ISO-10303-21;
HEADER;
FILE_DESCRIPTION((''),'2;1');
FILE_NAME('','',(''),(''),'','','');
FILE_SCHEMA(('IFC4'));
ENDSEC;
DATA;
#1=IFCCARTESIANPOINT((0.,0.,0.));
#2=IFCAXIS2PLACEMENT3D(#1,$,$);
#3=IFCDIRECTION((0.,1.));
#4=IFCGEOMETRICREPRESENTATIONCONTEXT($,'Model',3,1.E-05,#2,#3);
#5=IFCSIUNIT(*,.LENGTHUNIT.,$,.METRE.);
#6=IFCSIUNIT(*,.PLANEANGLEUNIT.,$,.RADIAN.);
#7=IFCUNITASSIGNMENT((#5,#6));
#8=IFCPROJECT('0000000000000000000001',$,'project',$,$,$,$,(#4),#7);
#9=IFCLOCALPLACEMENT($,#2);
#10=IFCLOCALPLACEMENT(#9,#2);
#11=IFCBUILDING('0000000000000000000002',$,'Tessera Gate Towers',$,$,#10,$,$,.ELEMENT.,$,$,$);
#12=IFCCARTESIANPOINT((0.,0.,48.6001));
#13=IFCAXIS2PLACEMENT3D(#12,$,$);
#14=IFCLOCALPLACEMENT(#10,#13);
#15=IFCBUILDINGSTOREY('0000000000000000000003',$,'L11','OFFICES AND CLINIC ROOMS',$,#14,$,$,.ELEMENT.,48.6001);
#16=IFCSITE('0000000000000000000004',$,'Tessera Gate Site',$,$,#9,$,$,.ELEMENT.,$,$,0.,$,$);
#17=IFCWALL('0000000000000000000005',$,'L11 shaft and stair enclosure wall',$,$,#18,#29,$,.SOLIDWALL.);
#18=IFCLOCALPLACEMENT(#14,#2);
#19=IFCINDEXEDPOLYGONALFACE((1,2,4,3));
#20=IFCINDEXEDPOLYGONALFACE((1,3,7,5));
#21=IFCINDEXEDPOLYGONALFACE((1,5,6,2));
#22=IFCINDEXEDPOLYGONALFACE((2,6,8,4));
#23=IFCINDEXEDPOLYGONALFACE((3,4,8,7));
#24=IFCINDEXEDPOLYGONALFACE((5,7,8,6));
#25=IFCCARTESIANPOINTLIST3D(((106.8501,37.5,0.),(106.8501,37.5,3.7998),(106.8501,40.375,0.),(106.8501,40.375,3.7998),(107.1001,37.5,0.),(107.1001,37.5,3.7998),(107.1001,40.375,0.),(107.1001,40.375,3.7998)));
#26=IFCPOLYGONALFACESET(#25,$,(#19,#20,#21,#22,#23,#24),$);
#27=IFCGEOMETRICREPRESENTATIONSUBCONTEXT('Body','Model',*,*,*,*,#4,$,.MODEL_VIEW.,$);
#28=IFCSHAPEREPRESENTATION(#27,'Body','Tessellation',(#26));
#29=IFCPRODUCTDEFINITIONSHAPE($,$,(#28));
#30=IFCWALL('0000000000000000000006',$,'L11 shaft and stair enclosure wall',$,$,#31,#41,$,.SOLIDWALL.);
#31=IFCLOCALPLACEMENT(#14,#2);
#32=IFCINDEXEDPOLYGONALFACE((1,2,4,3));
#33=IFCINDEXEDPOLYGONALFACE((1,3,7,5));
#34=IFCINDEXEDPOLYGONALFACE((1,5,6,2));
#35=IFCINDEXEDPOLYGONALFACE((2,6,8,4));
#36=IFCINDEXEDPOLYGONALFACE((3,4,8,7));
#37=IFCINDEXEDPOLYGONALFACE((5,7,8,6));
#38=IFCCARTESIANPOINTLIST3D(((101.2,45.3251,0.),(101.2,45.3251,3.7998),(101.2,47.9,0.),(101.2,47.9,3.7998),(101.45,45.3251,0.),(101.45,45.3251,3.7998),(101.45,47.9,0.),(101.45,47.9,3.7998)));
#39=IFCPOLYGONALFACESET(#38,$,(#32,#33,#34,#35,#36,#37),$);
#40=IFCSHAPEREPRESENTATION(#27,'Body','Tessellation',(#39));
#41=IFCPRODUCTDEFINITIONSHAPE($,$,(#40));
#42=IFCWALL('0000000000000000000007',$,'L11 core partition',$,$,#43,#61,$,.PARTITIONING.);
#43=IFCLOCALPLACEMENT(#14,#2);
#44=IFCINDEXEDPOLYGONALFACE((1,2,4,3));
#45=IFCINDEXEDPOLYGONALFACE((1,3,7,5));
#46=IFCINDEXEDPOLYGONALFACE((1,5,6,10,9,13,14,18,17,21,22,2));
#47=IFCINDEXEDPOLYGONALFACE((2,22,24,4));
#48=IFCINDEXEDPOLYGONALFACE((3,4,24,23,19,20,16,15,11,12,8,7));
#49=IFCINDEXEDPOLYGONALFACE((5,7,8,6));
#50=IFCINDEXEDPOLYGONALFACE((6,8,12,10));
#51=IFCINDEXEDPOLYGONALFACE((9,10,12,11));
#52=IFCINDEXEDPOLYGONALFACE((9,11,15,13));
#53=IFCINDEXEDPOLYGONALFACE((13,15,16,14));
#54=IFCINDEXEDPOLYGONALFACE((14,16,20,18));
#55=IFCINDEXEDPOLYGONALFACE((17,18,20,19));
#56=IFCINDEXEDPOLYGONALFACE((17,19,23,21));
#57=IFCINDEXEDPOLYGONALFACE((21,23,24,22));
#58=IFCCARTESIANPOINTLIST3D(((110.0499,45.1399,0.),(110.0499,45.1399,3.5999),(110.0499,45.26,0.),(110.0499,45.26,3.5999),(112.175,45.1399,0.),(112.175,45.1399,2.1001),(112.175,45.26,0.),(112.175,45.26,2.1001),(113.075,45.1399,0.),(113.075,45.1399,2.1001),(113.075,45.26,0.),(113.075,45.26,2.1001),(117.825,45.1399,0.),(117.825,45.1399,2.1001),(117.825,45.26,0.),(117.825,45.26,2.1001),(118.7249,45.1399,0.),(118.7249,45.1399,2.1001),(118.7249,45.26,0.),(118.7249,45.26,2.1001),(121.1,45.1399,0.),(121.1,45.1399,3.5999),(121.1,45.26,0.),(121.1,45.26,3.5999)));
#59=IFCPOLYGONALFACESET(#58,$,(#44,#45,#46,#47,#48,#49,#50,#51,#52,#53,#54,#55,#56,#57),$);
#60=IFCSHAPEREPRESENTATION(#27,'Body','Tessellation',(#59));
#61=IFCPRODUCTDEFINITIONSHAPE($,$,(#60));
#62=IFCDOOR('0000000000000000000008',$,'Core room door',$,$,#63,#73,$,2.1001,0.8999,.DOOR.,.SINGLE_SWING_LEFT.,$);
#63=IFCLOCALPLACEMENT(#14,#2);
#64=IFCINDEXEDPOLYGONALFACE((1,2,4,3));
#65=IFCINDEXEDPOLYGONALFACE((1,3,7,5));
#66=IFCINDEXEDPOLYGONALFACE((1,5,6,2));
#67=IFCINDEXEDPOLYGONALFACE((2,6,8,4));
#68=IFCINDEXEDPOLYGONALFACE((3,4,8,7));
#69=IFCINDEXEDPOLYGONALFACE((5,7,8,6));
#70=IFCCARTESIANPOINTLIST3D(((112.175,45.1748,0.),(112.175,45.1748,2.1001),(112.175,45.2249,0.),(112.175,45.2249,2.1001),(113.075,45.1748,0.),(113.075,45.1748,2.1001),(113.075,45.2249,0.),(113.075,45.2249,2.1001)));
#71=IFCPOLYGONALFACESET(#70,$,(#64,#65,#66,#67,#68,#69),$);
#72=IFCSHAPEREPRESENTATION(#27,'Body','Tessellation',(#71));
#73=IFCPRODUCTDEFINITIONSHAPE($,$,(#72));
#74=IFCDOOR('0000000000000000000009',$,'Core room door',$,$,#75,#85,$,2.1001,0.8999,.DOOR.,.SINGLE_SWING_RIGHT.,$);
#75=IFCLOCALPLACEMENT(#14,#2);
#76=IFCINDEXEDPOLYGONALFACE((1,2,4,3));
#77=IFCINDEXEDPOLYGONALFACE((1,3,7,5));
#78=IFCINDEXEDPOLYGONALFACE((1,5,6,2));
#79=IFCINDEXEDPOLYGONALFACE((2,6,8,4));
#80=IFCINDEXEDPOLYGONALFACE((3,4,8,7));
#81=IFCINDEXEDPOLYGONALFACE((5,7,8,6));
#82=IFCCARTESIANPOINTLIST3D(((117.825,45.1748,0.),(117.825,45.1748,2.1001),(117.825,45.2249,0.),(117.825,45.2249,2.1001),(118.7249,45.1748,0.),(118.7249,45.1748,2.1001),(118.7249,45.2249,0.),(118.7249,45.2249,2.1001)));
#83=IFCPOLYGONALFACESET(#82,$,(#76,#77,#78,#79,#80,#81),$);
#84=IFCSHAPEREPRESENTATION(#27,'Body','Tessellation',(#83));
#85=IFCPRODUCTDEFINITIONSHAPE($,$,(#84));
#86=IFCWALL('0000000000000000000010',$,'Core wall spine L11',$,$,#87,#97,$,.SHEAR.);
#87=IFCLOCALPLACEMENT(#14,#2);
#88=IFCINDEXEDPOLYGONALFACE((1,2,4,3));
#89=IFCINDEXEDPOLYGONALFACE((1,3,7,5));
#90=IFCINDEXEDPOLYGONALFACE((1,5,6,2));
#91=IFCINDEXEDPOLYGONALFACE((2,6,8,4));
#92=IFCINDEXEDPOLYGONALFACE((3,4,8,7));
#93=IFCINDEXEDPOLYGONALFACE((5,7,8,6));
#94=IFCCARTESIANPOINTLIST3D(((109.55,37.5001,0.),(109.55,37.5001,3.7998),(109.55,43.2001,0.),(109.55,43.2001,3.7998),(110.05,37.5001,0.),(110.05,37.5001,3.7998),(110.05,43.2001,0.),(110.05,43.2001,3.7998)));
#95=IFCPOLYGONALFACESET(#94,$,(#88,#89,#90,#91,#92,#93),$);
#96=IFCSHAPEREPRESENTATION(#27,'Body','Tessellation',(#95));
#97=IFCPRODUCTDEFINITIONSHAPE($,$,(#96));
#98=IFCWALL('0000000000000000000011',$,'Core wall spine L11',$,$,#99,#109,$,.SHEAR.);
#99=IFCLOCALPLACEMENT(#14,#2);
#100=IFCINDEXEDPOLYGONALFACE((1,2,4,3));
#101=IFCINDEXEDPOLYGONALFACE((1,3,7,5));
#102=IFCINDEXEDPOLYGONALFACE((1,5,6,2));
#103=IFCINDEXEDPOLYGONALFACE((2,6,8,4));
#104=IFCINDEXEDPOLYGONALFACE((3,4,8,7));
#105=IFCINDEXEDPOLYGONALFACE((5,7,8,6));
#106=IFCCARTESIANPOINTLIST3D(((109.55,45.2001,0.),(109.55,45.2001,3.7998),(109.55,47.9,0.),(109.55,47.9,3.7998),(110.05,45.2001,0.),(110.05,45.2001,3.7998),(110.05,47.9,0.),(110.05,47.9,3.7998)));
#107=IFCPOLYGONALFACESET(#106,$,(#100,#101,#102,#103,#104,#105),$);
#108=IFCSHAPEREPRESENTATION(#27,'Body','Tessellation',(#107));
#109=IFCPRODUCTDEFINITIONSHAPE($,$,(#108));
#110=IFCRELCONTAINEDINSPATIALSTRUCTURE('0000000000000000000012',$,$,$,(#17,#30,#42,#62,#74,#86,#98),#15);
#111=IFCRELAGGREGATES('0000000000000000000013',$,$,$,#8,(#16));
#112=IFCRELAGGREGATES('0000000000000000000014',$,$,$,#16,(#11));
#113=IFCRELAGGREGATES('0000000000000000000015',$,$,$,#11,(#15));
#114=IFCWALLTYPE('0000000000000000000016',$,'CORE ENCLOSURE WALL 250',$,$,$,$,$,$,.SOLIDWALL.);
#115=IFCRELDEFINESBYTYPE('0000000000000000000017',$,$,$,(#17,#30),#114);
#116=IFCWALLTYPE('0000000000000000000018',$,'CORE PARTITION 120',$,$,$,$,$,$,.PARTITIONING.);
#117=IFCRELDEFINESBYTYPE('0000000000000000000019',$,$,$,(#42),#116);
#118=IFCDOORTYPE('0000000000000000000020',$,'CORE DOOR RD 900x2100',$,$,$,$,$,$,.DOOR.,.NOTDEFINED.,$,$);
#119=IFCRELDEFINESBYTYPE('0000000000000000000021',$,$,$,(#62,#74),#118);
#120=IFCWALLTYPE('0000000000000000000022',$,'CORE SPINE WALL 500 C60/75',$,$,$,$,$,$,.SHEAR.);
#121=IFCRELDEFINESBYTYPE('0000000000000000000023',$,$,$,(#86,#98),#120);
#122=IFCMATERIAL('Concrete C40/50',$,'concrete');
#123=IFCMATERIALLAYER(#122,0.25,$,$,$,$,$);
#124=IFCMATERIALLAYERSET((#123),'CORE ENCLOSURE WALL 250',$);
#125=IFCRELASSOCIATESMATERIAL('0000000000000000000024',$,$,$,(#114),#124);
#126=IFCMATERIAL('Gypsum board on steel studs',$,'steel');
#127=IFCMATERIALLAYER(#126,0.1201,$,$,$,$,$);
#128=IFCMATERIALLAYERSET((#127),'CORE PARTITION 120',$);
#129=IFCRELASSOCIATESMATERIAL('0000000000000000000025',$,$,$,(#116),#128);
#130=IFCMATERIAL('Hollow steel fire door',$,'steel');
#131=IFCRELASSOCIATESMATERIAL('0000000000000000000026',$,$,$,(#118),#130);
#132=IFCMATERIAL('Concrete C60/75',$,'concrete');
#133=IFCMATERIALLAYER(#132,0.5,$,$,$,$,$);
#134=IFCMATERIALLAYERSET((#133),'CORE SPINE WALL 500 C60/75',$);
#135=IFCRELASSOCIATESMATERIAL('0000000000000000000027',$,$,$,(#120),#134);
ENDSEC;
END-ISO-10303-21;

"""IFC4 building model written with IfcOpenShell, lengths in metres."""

from ifc_helpers import new_model, si_unit, direction, frame, frame_2d, origin, place, context, subcontext, project, spatial, rectangle, extrude, source, transform, mapped, material, layer, layer_set, type_object, element, fill, save


model = new_model("IFC4")

# Units and contexts
model_context = context("Model", 3, precision=1e-05, world=origin(), true_north=direction((0.0, 1.0)))
body_context = subcontext(model_context, "Body", "Model", "MODEL_VIEW")
ifc_project = project(units=[si_unit("LENGTHUNIT", "METRE"), si_unit("PLANEANGLEUNIT", "RADIAN")], contexts=[model_context])

# Site, building, storey
site_placement = place(None, origin())
site = spatial("IfcSite", under=ifc_project, at=site_placement, Name="Tessera Gate Site", CompositionType="ELEMENT", RefElevation=0.0)
building_placement = place(site_placement, origin())
building = spatial("IfcBuilding", under=site, at=building_placement, Name="Tessera Gate Towers", CompositionType="ELEMENT")
storey_placement = place(building_placement, frame((0.0, 0.0, 48.6001)))
storey = spatial("IfcBuildingStorey", under=building, at=storey_placement, Name="L11", Description="OFFICES AND CLINIC ROOMS", CompositionType="ELEMENT", Elevation=48.6001)

# Shared definitions
ifc_material_1 = material(Name="Concrete C40/50", Category="concrete")
ifc_layer_1 = layer(ifc_material_1, 0.25)
ifc_layer_set_1 = layer_set([ifc_layer_1], Name="CORE ENCLOSURE WALL 250")
wall_type_1 = type_object("IfcWallType", Name="CORE ENCLOSURE WALL 250", PredefinedType="SOLIDWALL", material=ifc_layer_set_1)

# Walls
for number, where, z_axis, x_axis, name in (
    (1, (106.9751, 37.5, 0.0), (0.0, 0.0, 1.0), (0.0, 1.0, 0.0), "L11 shaft and stair enclosure wall"),
):
    element("IfcWall", number, at=place(storey_placement, frame(where, z_axis=z_axis, x_axis=x_axis)), inside=storey, type_object=wall_type_1, Name=name, PredefinedType="SOLIDWALL", context=body_context, shape_type="SweptSolid", body=[
        extrude(rectangle(XDim=2.875, YDim=0.25, at=frame_2d((1.4375, 0.0))), origin(), (0.0, 0.0, 1.0), 3.7998),
    ])
wall_1_placement = place(storey_placement, frame((101.325, 45.325, 0.0), z_axis=(0.0, 0.0, 1.0), x_axis=(0.0, 1.0, 0.0)))
element("IfcWall", 2, at=wall_1_placement, inside=storey, type_object=wall_type_1, Name="L11 shaft and stair enclosure wall", PredefinedType="SOLIDWALL", context=body_context, shape_type="SweptSolid", body=[
    extrude(rectangle(XDim=2.575, YDim=0.25, at=frame_2d((1.2876, 0.0))), origin(), (0.0, 0.0, 1.0), 3.7998),
])

# Wall, openings, doors
ifc_material_2 = material(Name="Gypsum board on steel studs", Category="steel")
ifc_layer_2 = layer(ifc_material_2, 0.1201)
ifc_layer_set_2 = layer_set([ifc_layer_2], Name="CORE PARTITION 120")
wall_type_2 = type_object("IfcWallType", Name="CORE PARTITION 120", PredefinedType="PARTITIONING", material=ifc_layer_set_2)
wall_2_placement = place(storey_placement, frame((110.05, 45.2, 0.0), z_axis=(0.0, 0.0, 1.0), x_axis=(1.0, 0.0, 0.0)))
wall_2 = element("IfcWall", 3, at=wall_2_placement, inside=storey, type_object=wall_type_2, Name="L11 core partition", PredefinedType="PARTITIONING", context=body_context, shape_type="SweptSolid", body=[
    extrude(rectangle(XDim=11.05, YDim=0.1201, at=frame_2d((5.5249, 0.0))), origin(), (0.0, 0.0, 1.0), 3.5999),
])
shared_shape_1 = source(origin(), body_context, "Body", "SweptSolid", [
    extrude(rectangle(XDim=0.8999, YDim=2.1001, at=frame_2d((0.45, 1.05))), frame((0.0, 0.0701, 0.0), z_axis=(0.0, -1.0, 0.0), x_axis=(1.0, 0.0, 0.0)), (0.0, 0.0, 1.0), 0.1401),
])
opening_1_placement = place(wall_2_placement, frame((2.125, 0.0, 0.0)))
opening_1 = element("IfcOpeningElement", 4, at=opening_1_placement, cuts=wall_2, PredefinedType="OPENING", context=body_context, shape_type="MappedRepresentation", body=[
    mapped(shared_shape_1, transform((0.0, 0.0, 0.0), scale=1.0)),
])
opening_2_placement = place(wall_2_placement, frame((7.7749, 0.0, 0.0)))
opening_2 = element("IfcOpeningElement", 5, at=opening_2_placement, cuts=wall_2, PredefinedType="OPENING", context=body_context, shape_type="MappedRepresentation", body=[
    mapped(shared_shape_1, transform((0.0, 0.0, 0.0), scale=1.0)),
])
ifc_material_3 = material(Name="Hollow steel fire door", Category="steel")
door_type_1 = type_object("IfcDoorType", Name="CORE DOOR RD 900x2100", OperationType="NOTDEFINED", PredefinedType="DOOR", material=ifc_material_3)
shared_shape_2 = source(origin(), body_context, "Body", "SweptSolid", [
    extrude(rectangle(XDim=0.8999, YDim=2.1001, at=frame_2d((0.45, 1.05))), frame((0.0, 0.0249, 0.0), z_axis=(0.0, -1.0, 0.0), x_axis=(1.0, 0.0, 0.0)), (0.0, 0.0, 1.0), 0.05),
])
door_1_placement = place(opening_1_placement, origin())
door_1 = element("IfcDoor", 6, at=door_1_placement, inside=storey, type_object=door_type_1, Name="Core room door", OperationType="SINGLE_SWING_LEFT", OverallHeight=2.1001, OverallWidth=0.8999, PredefinedType="DOOR", context=body_context, shape_type="MappedRepresentation", body=[
    mapped(shared_shape_2, transform((0.0, 0.0, 0.0), scale=1.0)),
])
fill(opening_1, door_1)
door_2_placement = place(opening_2_placement, origin())
door_2 = element("IfcDoor", 7, at=door_2_placement, inside=storey, type_object=door_type_1, Name="Core room door", OperationType="SINGLE_SWING_RIGHT", OverallHeight=2.1001, OverallWidth=0.8999, PredefinedType="DOOR", context=body_context, shape_type="MappedRepresentation", body=[
    mapped(shared_shape_2, transform((0.0, 0.0, 0.0), scale=1.0)),
])
fill(opening_2, door_2)

# Walls
ifc_material_4 = material(Name="Concrete C60/75", Category="concrete")
ifc_layer_3 = layer(ifc_material_4, 0.5)
ifc_layer_set_3 = layer_set([ifc_layer_3], Name="CORE SPINE WALL 500 C60/75")
wall_type_3 = type_object("IfcWallType", Name="CORE SPINE WALL 500 C60/75", PredefinedType="SHEAR", material=ifc_layer_set_3)
wall_3_placement = place(storey_placement, frame((109.8, 37.5, 0.0), z_axis=(0.0, 0.0, 1.0), x_axis=(0.0, 1.0, 0.0)))
element("IfcWall", 8, at=wall_3_placement, inside=storey, type_object=wall_type_3, Name="Core wall spine L11", PredefinedType="SHEAR", context=body_context, shape_type="SweptSolid", body=[
    extrude(rectangle(XDim=5.7, YDim=0.5, at=frame_2d((2.8501, 0.0))), origin(), (0.0, 0.0, 1.0), 3.7998),
])
wall_4_placement = place(storey_placement, frame((109.8, 45.2, 0.0), z_axis=(0.0, 0.0, 1.0), x_axis=(0.0, 1.0, 0.0)))
element("IfcWall", 9, at=wall_4_placement, inside=storey, type_object=wall_type_3, Name="Core wall spine L11", PredefinedType="SHEAR", context=body_context, shape_type="SweptSolid", body=[
    extrude(rectangle(XDim=2.7, YDim=0.5, at=frame_2d((1.3501, 0.0))), origin(), (0.0, 0.0, 1.0), 3.7998),
])

save(model, "model.ifc")
